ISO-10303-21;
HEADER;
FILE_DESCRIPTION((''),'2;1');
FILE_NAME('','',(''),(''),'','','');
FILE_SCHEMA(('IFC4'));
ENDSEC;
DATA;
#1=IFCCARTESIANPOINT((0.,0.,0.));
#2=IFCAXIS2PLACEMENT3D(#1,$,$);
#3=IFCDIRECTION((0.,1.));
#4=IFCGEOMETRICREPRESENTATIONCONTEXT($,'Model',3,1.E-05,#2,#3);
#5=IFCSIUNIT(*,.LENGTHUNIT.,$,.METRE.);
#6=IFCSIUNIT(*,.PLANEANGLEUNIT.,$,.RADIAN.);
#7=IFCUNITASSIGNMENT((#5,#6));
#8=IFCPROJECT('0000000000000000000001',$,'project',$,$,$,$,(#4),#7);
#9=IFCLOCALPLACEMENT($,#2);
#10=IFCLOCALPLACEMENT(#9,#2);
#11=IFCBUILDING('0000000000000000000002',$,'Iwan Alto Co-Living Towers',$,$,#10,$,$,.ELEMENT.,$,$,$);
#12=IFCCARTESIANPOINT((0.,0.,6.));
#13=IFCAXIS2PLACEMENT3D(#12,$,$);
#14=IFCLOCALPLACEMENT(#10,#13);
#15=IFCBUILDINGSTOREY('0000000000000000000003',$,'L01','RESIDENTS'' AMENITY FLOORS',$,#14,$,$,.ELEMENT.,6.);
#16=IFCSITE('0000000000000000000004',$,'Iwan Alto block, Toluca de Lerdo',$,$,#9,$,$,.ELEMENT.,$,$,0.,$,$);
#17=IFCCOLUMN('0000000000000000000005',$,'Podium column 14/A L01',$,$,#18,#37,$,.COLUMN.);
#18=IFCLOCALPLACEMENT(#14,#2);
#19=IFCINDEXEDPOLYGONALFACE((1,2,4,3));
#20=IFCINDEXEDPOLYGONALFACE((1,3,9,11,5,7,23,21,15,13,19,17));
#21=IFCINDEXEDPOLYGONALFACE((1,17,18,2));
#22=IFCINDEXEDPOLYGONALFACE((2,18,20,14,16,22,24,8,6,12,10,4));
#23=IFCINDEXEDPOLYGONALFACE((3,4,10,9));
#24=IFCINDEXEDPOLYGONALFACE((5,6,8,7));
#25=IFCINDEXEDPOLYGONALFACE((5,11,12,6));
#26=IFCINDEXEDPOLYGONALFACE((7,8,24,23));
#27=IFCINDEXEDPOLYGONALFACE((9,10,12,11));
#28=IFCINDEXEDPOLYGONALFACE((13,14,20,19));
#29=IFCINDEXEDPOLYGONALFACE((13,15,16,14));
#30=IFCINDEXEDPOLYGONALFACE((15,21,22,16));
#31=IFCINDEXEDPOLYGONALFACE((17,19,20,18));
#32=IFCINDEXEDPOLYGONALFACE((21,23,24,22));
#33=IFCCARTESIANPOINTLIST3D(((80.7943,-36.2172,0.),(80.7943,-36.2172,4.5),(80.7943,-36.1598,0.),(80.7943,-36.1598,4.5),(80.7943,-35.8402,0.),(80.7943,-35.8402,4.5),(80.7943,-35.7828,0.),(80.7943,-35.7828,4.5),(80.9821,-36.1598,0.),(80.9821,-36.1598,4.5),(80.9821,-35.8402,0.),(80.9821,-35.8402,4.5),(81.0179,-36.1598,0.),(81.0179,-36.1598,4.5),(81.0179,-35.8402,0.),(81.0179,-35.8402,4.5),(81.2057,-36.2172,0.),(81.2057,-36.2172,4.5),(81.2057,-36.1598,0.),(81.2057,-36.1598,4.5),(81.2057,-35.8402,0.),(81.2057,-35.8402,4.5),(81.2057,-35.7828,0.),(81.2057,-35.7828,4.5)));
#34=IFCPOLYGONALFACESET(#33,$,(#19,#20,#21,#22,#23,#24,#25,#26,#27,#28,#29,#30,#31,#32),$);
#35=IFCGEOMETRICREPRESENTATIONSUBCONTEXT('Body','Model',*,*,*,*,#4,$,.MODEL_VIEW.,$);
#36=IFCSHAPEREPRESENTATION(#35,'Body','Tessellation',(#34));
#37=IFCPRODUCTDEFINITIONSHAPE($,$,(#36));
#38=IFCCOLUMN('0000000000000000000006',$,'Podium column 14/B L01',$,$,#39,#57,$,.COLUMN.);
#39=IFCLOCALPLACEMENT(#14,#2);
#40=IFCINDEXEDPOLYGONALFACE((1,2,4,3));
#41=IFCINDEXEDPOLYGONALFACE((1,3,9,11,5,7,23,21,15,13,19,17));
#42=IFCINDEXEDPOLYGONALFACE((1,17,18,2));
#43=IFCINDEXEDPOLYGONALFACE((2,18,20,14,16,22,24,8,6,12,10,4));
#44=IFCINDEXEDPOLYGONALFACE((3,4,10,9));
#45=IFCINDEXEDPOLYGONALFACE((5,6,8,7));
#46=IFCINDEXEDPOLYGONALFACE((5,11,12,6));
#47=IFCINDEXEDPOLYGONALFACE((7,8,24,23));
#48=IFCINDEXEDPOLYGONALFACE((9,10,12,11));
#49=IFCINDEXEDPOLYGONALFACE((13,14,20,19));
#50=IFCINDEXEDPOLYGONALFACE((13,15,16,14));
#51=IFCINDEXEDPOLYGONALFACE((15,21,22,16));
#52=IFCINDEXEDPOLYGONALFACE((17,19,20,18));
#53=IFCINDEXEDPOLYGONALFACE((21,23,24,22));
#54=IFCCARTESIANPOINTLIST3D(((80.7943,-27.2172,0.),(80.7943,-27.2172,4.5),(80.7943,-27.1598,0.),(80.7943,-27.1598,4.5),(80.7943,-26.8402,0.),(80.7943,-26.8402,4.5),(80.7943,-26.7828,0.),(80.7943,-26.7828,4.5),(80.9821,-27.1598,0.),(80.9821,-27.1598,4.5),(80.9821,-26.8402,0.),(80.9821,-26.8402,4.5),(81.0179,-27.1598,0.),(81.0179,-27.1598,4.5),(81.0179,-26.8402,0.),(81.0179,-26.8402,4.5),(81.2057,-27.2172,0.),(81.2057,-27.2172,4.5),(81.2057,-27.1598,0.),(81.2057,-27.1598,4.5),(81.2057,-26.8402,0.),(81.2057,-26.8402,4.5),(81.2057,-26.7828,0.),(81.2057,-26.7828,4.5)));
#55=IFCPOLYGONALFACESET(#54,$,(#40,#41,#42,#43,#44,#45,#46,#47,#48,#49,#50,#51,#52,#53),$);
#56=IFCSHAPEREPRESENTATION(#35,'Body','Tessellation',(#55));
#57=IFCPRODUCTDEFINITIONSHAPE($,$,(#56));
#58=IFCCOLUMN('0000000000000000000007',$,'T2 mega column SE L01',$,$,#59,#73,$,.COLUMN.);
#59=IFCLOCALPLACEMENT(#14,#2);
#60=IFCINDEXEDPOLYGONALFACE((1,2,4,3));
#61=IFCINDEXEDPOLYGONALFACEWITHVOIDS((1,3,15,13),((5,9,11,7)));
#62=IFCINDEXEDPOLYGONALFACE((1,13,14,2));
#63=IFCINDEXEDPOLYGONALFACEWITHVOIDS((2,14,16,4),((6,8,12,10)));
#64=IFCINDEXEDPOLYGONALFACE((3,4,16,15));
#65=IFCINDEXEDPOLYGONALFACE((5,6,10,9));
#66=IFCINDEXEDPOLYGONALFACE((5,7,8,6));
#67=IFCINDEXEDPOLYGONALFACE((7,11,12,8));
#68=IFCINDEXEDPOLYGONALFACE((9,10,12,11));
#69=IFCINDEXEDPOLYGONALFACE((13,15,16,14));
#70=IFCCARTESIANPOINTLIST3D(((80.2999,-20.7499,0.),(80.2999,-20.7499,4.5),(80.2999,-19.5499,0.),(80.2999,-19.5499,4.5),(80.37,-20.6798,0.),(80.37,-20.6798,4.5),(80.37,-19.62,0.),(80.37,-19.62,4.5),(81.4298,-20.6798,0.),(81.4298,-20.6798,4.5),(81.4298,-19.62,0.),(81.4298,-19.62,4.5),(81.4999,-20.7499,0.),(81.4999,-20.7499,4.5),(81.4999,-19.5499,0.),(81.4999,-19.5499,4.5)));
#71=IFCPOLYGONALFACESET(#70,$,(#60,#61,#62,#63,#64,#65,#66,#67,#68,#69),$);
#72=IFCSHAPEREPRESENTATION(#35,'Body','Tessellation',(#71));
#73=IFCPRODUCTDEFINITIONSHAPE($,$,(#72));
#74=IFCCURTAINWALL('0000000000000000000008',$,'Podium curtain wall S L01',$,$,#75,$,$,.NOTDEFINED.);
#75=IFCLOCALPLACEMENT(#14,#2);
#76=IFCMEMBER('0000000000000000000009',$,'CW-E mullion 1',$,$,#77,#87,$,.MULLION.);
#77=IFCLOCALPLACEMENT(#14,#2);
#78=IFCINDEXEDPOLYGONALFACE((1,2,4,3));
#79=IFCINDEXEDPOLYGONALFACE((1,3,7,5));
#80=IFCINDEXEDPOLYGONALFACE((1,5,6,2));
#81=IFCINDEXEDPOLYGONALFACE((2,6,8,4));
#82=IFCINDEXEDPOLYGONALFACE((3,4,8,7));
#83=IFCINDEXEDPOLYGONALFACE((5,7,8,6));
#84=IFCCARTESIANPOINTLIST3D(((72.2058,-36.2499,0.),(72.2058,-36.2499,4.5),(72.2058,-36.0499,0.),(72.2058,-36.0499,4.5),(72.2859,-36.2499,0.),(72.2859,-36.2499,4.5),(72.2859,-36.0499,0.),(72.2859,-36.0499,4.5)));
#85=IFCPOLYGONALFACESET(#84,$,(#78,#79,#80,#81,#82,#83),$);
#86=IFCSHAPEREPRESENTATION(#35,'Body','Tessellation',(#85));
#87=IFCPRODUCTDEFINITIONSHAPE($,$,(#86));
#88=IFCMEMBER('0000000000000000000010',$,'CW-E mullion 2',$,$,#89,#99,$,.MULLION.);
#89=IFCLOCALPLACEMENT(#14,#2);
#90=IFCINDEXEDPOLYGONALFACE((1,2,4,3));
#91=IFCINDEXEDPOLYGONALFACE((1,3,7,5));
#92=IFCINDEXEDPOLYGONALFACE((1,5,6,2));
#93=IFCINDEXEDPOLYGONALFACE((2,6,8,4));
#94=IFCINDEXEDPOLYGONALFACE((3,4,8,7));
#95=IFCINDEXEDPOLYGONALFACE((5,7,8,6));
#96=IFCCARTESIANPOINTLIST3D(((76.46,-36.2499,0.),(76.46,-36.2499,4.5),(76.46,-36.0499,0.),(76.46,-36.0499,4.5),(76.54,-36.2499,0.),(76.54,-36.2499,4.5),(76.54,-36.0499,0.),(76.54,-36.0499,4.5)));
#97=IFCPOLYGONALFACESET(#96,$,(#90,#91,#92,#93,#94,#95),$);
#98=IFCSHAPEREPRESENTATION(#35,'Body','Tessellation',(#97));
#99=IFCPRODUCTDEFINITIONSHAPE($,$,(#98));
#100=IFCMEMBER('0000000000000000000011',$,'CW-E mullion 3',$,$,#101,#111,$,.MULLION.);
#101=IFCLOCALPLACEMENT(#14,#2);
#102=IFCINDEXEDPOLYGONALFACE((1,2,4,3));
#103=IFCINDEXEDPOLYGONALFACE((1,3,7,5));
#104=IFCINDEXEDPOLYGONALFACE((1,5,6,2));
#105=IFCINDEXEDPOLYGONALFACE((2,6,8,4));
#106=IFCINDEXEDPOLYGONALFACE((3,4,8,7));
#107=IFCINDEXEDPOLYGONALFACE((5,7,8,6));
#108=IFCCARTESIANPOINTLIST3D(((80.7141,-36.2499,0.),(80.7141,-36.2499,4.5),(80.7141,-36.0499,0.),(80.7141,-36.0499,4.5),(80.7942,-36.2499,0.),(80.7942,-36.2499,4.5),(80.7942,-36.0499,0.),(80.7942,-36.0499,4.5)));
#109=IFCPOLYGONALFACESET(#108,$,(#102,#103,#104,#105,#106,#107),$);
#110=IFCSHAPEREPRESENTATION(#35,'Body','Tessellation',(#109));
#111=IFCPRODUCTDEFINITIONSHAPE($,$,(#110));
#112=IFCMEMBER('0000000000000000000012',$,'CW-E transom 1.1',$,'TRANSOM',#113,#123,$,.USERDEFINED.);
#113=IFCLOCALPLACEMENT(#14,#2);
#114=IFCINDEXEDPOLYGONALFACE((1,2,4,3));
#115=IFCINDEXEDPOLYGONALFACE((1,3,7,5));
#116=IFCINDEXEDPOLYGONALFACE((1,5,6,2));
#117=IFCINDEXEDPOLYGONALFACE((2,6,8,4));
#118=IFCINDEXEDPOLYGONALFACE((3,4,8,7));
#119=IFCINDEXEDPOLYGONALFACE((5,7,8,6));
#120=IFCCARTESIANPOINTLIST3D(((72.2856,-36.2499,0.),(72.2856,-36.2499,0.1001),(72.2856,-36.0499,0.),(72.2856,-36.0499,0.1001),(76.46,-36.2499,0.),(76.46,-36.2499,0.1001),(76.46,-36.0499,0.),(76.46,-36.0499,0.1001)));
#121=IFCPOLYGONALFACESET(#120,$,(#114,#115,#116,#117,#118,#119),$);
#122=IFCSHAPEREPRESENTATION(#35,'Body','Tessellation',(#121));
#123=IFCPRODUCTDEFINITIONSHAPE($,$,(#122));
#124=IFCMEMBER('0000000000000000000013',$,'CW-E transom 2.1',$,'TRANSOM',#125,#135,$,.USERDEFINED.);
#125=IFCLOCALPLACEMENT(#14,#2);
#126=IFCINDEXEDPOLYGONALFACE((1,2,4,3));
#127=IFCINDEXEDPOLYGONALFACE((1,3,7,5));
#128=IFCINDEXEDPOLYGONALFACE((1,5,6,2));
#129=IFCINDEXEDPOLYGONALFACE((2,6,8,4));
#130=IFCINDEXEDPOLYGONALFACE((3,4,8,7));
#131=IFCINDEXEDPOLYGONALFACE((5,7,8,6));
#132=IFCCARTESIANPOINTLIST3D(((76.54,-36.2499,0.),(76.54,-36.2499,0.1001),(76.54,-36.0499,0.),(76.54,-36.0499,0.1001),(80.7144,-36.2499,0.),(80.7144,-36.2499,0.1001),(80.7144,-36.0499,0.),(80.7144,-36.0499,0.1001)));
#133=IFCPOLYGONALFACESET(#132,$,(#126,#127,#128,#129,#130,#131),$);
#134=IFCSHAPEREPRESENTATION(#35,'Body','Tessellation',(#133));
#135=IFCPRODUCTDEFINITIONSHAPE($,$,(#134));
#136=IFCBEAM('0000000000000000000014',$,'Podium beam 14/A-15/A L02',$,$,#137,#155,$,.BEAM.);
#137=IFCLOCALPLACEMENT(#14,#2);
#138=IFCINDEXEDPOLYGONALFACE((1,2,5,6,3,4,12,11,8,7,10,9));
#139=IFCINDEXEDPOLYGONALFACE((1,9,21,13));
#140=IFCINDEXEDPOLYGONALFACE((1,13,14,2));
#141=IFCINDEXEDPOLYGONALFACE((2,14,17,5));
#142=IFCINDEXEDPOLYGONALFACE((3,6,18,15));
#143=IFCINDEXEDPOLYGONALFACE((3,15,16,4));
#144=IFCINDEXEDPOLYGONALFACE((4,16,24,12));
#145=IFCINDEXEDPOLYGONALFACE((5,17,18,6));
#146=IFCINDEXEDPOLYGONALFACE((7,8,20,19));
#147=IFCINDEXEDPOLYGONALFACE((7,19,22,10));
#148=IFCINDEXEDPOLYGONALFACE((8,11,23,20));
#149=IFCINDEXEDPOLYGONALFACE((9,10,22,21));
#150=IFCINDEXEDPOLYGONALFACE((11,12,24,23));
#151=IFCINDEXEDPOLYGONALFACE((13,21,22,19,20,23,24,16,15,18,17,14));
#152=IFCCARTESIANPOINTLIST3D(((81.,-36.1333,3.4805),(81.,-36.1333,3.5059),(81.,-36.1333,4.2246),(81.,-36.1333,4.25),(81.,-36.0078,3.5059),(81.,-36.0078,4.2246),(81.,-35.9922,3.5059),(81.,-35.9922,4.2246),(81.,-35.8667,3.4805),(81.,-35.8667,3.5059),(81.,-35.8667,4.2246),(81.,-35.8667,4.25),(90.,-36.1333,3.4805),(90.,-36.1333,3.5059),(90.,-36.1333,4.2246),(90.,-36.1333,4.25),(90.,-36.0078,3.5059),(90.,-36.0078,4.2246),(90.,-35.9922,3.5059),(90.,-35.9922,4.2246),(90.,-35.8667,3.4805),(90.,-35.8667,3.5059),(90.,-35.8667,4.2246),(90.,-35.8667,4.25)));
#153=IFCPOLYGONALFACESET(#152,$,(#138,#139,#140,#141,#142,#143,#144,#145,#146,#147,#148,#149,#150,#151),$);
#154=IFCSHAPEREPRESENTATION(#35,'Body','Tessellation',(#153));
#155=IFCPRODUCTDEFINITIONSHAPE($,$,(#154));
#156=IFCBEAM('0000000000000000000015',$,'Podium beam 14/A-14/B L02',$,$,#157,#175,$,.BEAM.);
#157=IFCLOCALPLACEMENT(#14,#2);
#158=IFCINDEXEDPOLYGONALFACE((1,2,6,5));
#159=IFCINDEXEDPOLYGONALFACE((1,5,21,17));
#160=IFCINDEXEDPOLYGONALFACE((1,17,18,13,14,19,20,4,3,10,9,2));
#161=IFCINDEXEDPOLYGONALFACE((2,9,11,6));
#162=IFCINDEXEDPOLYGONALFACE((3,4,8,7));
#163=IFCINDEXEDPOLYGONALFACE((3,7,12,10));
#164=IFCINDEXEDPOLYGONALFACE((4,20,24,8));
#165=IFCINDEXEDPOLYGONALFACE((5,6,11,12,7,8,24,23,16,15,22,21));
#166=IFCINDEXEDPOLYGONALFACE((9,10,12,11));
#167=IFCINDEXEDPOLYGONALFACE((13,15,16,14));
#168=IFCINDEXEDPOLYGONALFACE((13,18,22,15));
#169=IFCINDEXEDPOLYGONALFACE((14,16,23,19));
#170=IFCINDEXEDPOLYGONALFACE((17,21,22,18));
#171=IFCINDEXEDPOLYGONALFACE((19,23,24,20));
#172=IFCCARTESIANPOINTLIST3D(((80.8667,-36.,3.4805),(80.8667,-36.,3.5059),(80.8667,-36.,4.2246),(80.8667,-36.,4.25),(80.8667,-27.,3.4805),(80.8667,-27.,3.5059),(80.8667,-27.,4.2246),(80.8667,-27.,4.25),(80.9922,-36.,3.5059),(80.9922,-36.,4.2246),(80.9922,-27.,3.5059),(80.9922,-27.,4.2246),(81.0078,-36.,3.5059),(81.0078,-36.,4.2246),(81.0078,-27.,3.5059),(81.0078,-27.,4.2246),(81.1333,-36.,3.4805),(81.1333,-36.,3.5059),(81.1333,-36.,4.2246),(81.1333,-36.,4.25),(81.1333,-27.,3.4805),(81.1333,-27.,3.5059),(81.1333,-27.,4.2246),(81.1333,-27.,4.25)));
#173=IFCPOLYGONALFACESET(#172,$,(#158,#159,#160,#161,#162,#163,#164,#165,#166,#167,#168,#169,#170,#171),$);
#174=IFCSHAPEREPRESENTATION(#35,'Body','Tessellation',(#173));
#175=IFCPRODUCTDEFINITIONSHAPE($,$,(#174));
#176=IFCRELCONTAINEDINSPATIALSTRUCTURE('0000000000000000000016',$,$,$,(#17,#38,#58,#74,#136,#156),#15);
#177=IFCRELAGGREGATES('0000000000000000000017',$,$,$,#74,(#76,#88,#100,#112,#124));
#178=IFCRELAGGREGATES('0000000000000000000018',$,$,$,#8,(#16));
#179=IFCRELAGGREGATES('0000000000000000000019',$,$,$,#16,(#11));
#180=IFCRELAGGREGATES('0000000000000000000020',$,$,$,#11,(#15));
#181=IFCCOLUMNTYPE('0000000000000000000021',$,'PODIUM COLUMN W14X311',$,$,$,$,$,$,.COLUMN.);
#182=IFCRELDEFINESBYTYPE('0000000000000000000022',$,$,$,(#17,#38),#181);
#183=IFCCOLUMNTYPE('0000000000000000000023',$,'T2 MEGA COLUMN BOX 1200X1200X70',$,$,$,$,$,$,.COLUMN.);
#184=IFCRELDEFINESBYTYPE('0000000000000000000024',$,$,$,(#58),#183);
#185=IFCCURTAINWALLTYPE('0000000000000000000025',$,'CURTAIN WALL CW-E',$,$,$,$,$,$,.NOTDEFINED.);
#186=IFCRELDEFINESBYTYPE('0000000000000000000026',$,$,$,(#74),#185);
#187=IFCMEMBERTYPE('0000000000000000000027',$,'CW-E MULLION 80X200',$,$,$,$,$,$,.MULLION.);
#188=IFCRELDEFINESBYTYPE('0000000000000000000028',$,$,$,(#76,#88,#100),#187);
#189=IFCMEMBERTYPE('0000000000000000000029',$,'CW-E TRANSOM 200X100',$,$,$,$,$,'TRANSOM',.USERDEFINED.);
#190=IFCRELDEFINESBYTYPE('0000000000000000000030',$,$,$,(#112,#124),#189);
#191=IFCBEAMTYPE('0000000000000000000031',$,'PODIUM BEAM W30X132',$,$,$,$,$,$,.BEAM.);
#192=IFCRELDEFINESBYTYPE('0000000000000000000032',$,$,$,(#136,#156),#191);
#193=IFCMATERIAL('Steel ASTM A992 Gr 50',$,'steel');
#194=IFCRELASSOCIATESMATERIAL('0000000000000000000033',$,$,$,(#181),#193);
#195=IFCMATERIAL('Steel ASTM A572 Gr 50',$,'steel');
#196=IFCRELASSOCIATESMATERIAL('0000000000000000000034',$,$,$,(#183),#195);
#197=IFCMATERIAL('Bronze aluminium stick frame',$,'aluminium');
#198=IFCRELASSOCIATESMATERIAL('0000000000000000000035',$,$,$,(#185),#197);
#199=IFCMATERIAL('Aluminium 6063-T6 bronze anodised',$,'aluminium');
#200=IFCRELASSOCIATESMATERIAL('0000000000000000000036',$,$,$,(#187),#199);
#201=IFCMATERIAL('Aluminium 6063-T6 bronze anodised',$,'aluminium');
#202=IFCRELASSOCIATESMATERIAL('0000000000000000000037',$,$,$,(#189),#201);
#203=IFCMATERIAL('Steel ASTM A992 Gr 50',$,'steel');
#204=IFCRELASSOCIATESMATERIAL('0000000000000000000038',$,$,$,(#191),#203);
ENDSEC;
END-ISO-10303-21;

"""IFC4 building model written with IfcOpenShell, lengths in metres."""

from ifc_helpers import new_model, si_unit, direction, frame, origin, origin_2d, place, context, subcontext, project, spatial, rectangle, hollow_rectangle, i_section, extrude, material, material_profile, profile_set, type_object, element, aggregate, save


model = new_model("IFC4")

# Units and contexts
model_context = context("Model", 3, precision=1e-05, world=origin(), true_north=direction((0.0, 1.0)))
body_context = subcontext(model_context, "Body", "Model", "MODEL_VIEW")
ifc_project = project(units=[si_unit("LENGTHUNIT", "METRE"), si_unit("PLANEANGLEUNIT", "RADIAN")], contexts=[model_context])

# Site, building, storey
site_placement = place(None, origin())
site = spatial("IfcSite", under=ifc_project, at=site_placement, Name="Iwan Alto block, Toluca de Lerdo", CompositionType="ELEMENT", RefElevation=0.0)
building_placement = place(site_placement, origin())
building = spatial("IfcBuilding", under=site, at=building_placement, Name="Iwan Alto Co-Living Towers", CompositionType="ELEMENT")
storey_placement = place(building_placement, frame((0.0, 0.0, 6.0)))
storey = spatial("IfcBuildingStorey", under=building, at=storey_placement, Name="L01", Description="RESIDENTS' AMENITY FLOORS", CompositionType="ELEMENT", Elevation=6.0)

# Columns
ifc_material_1 = material(Name="Steel ASTM A992 Gr 50", Category="steel")
ifc_material_profile_1 = material_profile(ifc_material_1, i_section(OverallWidth=0.4114, OverallDepth=0.4343, WebThickness=0.0359, FlangeThickness=0.0574, at=origin_2d()), Name="W14X311")
ifc_profile_set_1 = profile_set([ifc_material_profile_1], Name="Steel ASTM A992 Gr 50")
column_type_1 = type_object("IfcColumnType", Name="PODIUM COLUMN W14X311", PredefinedType="COLUMN", material=ifc_profile_set_1)
for number, where, z_axis, x_axis, name in (
    (1, (81.0, -36.0, 0.0), (0.0, 0.0, 1.0), (1.0, 0.0, 0.0), "Podium column 14/A L01"),
    (2, (81.0, -27.0, 0.0), (0.0, 0.0, 1.0), (1.0, 0.0, 0.0), "Podium column 14/B L01"),
):
    element("IfcColumn", number, at=place(storey_placement, frame(where, z_axis=z_axis, x_axis=x_axis)), inside=storey, type_object=column_type_1, Name=name, PredefinedType="COLUMN", context=body_context, shape_type="SweptSolid", body=[
        extrude(i_section(OverallWidth=0.4114, OverallDepth=0.4343, WebThickness=0.0359, FlangeThickness=0.0574, at=origin_2d()), origin(), (0.0, 0.0, 1.0), 4.5),
    ])
ifc_material_2 = material(Name="Steel ASTM A572 Gr 50", Category="steel")
ifc_material_profile_2 = material_profile(ifc_material_2, hollow_rectangle(XDim=1.2, YDim=1.2, WallThickness=0.0701, at=origin_2d()), Name="BOX 1200X1200X70")
ifc_profile_set_2 = profile_set([ifc_material_profile_2], Name="Steel ASTM A572 Gr 50")
column_type_2 = type_object("IfcColumnType", Name="T2 MEGA COLUMN BOX 1200X1200X70", PredefinedType="COLUMN", material=ifc_profile_set_2)
column_placement = place(storey_placement, frame((80.8999, -20.1499, 0.0), z_axis=(0.0, 0.0, 1.0), x_axis=(1.0, 0.0, 0.0)))
element("IfcColumn", 3, at=column_placement, inside=storey, type_object=column_type_2, Name="T2 mega column SE L01", PredefinedType="COLUMN", context=body_context, shape_type="SweptSolid", body=[
    extrude(hollow_rectangle(XDim=1.2, YDim=1.2, WallThickness=0.0701, at=origin_2d()), origin(), (0.0, 0.0, 1.0), 4.5),
])

# Curtain wall, members
ifc_material_3 = material(Name="Bronze aluminium stick frame", Category="aluminium")
curtain_wall_type = type_object("IfcCurtainWallType", Name="CURTAIN WALL CW-E", PredefinedType="NOTDEFINED", material=ifc_material_3)
curtain_wall_placement = place(storey_placement, origin())
curtain_wall = element("IfcCurtainWall", 4, at=curtain_wall_placement, inside=storey, type_object=curtain_wall_type, Name="Podium curtain wall S L01", PredefinedType="NOTDEFINED")
ifc_material_4 = material(Name="Aluminium 6063-T6 bronze anodised", Category="aluminium")
ifc_material_profile_3 = material_profile(ifc_material_4, rectangle(XDim=0.2, YDim=0.0801, at=origin_2d()), Name="AL 80X200")
ifc_profile_set_3 = profile_set([ifc_material_profile_3], Name="Aluminium 6063-T6 bronze anodised")
member_type_1 = type_object("IfcMemberType", Name="CW-E MULLION 80X200", PredefinedType="MULLION", material=ifc_profile_set_3)
member_1_placement = place(storey_placement, frame((72.2458, -36.1499, 0.0), z_axis=(0.0, 0.0, 1.0), x_axis=(0.0, 1.0, 0.0)))
member_1 = element("IfcMember", 5, at=member_1_placement, type_object=member_type_1, Name="CW-E mullion 1", PredefinedType="MULLION", context=body_context, shape_type="SweptSolid", body=[
    extrude(rectangle(XDim=0.2, YDim=0.0801, at=origin_2d()), origin(), (0.0, 0.0, 1.0), 4.5),
])
member_2_placement = place(storey_placement, frame((76.5, -36.1499, 0.0), z_axis=(0.0, 0.0, 1.0), x_axis=(0.0, 1.0, 0.0)))
member_2 = element("IfcMember", 6, at=member_2_placement, type_object=member_type_1, Name="CW-E mullion 2", PredefinedType="MULLION", context=body_context, shape_type="SweptSolid", body=[
    extrude(rectangle(XDim=0.2, YDim=0.0801, at=origin_2d()), origin(), (0.0, 0.0, 1.0), 4.5),
])
member_3_placement = place(storey_placement, frame((80.7542, -36.1499, 0.0), z_axis=(0.0, 0.0, 1.0), x_axis=(0.0, 1.0, 0.0)))
member_3 = element("IfcMember", 7, at=member_3_placement, type_object=member_type_1, Name="CW-E mullion 3", PredefinedType="MULLION", context=body_context, shape_type="SweptSolid", body=[
    extrude(rectangle(XDim=0.2, YDim=0.0801, at=origin_2d()), origin(), (0.0, 0.0, 1.0), 4.5),
])
ifc_material_5 = material(Name="Aluminium 6063-T6 bronze anodised", Category="aluminium")
ifc_material_profile_4 = material_profile(ifc_material_5, rectangle(XDim=0.2, YDim=0.1001, at=origin_2d()), Name="AL 200X100")
ifc_profile_set_4 = profile_set([ifc_material_profile_4], Name="Aluminium 6063-T6 bronze anodised")
member_type_2 = type_object("IfcMemberType", Name="CW-E TRANSOM 200X100", ElementType="TRANSOM", PredefinedType="USERDEFINED", material=ifc_profile_set_4)
member_4_placement = place(storey_placement, frame((72.2856, -36.1499, 0.05), z_axis=(1.0, 0.0, 0.0), x_axis=(0.0, 1.0, 0.0)))
member_4 = element("IfcMember", 8, at=member_4_placement, type_object=member_type_2, Name="CW-E transom 1.1", ObjectType="TRANSOM", PredefinedType="USERDEFINED", context=body_context, shape_type="SweptSolid", body=[
    extrude(rectangle(XDim=0.2, YDim=0.1001, at=origin_2d()), origin(), (0.0, 0.0, 1.0), 4.1743),
])
member_5_placement = place(storey_placement, frame((76.54, -36.1499, 0.05), z_axis=(1.0, 0.0, 0.0), x_axis=(0.0, 1.0, 0.0)))
member_5 = element("IfcMember", 9, at=member_5_placement, type_object=member_type_2, Name="CW-E transom 2.1", ObjectType="TRANSOM", PredefinedType="USERDEFINED", context=body_context, shape_type="SweptSolid", body=[
    extrude(rectangle(XDim=0.2, YDim=0.1001, at=origin_2d()), origin(), (0.0, 0.0, 1.0), 4.1743),
])

# Beams
ifc_material_6 = material(Name="Steel ASTM A992 Gr 50", Category="steel")
ifc_material_profile_5 = material_profile(ifc_material_6, i_section(OverallWidth=0.2666, OverallDepth=0.7695, WebThickness=0.0156, FlangeThickness=0.0254, at=origin_2d()), Name="W30X132")
ifc_profile_set_5 = profile_set([ifc_material_profile_5], Name="Steel ASTM A992 Gr 50")
beam_type_1 = type_object("IfcBeamType", Name="PODIUM BEAM W30X132", PredefinedType="BEAM", material=ifc_profile_set_5)
for number, where, z_axis, x_axis, name in (
    (10, (81.0, -36.0, 3.8652), (1.0, 0.0, 0.0), (0.0, 1.0, 0.0), "Podium beam 14/A-15/A L02"),
    (11, (81.0, -36.0, 3.8652), (0.0, 1.0, 0.0), (-1.0, 0.0, 0.0), "Podium beam 14/A-14/B L02"),
):
    element("IfcBeam", number, at=place(storey_placement, frame(where, z_axis=z_axis, x_axis=x_axis)), inside=storey, type_object=beam_type_1, Name=name, PredefinedType="BEAM", context=body_context, shape_type="SweptSolid", body=[
        extrude(i_section(OverallWidth=0.2666, OverallDepth=0.7695, WebThickness=0.0156, FlangeThickness=0.0254, at=origin_2d()), origin(), (0.0, 0.0, 1.0), 9.0),
    ])

aggregate(curtain_wall, [member_1, member_2, member_3, member_4, member_5])

save(model, "model.ifc")
